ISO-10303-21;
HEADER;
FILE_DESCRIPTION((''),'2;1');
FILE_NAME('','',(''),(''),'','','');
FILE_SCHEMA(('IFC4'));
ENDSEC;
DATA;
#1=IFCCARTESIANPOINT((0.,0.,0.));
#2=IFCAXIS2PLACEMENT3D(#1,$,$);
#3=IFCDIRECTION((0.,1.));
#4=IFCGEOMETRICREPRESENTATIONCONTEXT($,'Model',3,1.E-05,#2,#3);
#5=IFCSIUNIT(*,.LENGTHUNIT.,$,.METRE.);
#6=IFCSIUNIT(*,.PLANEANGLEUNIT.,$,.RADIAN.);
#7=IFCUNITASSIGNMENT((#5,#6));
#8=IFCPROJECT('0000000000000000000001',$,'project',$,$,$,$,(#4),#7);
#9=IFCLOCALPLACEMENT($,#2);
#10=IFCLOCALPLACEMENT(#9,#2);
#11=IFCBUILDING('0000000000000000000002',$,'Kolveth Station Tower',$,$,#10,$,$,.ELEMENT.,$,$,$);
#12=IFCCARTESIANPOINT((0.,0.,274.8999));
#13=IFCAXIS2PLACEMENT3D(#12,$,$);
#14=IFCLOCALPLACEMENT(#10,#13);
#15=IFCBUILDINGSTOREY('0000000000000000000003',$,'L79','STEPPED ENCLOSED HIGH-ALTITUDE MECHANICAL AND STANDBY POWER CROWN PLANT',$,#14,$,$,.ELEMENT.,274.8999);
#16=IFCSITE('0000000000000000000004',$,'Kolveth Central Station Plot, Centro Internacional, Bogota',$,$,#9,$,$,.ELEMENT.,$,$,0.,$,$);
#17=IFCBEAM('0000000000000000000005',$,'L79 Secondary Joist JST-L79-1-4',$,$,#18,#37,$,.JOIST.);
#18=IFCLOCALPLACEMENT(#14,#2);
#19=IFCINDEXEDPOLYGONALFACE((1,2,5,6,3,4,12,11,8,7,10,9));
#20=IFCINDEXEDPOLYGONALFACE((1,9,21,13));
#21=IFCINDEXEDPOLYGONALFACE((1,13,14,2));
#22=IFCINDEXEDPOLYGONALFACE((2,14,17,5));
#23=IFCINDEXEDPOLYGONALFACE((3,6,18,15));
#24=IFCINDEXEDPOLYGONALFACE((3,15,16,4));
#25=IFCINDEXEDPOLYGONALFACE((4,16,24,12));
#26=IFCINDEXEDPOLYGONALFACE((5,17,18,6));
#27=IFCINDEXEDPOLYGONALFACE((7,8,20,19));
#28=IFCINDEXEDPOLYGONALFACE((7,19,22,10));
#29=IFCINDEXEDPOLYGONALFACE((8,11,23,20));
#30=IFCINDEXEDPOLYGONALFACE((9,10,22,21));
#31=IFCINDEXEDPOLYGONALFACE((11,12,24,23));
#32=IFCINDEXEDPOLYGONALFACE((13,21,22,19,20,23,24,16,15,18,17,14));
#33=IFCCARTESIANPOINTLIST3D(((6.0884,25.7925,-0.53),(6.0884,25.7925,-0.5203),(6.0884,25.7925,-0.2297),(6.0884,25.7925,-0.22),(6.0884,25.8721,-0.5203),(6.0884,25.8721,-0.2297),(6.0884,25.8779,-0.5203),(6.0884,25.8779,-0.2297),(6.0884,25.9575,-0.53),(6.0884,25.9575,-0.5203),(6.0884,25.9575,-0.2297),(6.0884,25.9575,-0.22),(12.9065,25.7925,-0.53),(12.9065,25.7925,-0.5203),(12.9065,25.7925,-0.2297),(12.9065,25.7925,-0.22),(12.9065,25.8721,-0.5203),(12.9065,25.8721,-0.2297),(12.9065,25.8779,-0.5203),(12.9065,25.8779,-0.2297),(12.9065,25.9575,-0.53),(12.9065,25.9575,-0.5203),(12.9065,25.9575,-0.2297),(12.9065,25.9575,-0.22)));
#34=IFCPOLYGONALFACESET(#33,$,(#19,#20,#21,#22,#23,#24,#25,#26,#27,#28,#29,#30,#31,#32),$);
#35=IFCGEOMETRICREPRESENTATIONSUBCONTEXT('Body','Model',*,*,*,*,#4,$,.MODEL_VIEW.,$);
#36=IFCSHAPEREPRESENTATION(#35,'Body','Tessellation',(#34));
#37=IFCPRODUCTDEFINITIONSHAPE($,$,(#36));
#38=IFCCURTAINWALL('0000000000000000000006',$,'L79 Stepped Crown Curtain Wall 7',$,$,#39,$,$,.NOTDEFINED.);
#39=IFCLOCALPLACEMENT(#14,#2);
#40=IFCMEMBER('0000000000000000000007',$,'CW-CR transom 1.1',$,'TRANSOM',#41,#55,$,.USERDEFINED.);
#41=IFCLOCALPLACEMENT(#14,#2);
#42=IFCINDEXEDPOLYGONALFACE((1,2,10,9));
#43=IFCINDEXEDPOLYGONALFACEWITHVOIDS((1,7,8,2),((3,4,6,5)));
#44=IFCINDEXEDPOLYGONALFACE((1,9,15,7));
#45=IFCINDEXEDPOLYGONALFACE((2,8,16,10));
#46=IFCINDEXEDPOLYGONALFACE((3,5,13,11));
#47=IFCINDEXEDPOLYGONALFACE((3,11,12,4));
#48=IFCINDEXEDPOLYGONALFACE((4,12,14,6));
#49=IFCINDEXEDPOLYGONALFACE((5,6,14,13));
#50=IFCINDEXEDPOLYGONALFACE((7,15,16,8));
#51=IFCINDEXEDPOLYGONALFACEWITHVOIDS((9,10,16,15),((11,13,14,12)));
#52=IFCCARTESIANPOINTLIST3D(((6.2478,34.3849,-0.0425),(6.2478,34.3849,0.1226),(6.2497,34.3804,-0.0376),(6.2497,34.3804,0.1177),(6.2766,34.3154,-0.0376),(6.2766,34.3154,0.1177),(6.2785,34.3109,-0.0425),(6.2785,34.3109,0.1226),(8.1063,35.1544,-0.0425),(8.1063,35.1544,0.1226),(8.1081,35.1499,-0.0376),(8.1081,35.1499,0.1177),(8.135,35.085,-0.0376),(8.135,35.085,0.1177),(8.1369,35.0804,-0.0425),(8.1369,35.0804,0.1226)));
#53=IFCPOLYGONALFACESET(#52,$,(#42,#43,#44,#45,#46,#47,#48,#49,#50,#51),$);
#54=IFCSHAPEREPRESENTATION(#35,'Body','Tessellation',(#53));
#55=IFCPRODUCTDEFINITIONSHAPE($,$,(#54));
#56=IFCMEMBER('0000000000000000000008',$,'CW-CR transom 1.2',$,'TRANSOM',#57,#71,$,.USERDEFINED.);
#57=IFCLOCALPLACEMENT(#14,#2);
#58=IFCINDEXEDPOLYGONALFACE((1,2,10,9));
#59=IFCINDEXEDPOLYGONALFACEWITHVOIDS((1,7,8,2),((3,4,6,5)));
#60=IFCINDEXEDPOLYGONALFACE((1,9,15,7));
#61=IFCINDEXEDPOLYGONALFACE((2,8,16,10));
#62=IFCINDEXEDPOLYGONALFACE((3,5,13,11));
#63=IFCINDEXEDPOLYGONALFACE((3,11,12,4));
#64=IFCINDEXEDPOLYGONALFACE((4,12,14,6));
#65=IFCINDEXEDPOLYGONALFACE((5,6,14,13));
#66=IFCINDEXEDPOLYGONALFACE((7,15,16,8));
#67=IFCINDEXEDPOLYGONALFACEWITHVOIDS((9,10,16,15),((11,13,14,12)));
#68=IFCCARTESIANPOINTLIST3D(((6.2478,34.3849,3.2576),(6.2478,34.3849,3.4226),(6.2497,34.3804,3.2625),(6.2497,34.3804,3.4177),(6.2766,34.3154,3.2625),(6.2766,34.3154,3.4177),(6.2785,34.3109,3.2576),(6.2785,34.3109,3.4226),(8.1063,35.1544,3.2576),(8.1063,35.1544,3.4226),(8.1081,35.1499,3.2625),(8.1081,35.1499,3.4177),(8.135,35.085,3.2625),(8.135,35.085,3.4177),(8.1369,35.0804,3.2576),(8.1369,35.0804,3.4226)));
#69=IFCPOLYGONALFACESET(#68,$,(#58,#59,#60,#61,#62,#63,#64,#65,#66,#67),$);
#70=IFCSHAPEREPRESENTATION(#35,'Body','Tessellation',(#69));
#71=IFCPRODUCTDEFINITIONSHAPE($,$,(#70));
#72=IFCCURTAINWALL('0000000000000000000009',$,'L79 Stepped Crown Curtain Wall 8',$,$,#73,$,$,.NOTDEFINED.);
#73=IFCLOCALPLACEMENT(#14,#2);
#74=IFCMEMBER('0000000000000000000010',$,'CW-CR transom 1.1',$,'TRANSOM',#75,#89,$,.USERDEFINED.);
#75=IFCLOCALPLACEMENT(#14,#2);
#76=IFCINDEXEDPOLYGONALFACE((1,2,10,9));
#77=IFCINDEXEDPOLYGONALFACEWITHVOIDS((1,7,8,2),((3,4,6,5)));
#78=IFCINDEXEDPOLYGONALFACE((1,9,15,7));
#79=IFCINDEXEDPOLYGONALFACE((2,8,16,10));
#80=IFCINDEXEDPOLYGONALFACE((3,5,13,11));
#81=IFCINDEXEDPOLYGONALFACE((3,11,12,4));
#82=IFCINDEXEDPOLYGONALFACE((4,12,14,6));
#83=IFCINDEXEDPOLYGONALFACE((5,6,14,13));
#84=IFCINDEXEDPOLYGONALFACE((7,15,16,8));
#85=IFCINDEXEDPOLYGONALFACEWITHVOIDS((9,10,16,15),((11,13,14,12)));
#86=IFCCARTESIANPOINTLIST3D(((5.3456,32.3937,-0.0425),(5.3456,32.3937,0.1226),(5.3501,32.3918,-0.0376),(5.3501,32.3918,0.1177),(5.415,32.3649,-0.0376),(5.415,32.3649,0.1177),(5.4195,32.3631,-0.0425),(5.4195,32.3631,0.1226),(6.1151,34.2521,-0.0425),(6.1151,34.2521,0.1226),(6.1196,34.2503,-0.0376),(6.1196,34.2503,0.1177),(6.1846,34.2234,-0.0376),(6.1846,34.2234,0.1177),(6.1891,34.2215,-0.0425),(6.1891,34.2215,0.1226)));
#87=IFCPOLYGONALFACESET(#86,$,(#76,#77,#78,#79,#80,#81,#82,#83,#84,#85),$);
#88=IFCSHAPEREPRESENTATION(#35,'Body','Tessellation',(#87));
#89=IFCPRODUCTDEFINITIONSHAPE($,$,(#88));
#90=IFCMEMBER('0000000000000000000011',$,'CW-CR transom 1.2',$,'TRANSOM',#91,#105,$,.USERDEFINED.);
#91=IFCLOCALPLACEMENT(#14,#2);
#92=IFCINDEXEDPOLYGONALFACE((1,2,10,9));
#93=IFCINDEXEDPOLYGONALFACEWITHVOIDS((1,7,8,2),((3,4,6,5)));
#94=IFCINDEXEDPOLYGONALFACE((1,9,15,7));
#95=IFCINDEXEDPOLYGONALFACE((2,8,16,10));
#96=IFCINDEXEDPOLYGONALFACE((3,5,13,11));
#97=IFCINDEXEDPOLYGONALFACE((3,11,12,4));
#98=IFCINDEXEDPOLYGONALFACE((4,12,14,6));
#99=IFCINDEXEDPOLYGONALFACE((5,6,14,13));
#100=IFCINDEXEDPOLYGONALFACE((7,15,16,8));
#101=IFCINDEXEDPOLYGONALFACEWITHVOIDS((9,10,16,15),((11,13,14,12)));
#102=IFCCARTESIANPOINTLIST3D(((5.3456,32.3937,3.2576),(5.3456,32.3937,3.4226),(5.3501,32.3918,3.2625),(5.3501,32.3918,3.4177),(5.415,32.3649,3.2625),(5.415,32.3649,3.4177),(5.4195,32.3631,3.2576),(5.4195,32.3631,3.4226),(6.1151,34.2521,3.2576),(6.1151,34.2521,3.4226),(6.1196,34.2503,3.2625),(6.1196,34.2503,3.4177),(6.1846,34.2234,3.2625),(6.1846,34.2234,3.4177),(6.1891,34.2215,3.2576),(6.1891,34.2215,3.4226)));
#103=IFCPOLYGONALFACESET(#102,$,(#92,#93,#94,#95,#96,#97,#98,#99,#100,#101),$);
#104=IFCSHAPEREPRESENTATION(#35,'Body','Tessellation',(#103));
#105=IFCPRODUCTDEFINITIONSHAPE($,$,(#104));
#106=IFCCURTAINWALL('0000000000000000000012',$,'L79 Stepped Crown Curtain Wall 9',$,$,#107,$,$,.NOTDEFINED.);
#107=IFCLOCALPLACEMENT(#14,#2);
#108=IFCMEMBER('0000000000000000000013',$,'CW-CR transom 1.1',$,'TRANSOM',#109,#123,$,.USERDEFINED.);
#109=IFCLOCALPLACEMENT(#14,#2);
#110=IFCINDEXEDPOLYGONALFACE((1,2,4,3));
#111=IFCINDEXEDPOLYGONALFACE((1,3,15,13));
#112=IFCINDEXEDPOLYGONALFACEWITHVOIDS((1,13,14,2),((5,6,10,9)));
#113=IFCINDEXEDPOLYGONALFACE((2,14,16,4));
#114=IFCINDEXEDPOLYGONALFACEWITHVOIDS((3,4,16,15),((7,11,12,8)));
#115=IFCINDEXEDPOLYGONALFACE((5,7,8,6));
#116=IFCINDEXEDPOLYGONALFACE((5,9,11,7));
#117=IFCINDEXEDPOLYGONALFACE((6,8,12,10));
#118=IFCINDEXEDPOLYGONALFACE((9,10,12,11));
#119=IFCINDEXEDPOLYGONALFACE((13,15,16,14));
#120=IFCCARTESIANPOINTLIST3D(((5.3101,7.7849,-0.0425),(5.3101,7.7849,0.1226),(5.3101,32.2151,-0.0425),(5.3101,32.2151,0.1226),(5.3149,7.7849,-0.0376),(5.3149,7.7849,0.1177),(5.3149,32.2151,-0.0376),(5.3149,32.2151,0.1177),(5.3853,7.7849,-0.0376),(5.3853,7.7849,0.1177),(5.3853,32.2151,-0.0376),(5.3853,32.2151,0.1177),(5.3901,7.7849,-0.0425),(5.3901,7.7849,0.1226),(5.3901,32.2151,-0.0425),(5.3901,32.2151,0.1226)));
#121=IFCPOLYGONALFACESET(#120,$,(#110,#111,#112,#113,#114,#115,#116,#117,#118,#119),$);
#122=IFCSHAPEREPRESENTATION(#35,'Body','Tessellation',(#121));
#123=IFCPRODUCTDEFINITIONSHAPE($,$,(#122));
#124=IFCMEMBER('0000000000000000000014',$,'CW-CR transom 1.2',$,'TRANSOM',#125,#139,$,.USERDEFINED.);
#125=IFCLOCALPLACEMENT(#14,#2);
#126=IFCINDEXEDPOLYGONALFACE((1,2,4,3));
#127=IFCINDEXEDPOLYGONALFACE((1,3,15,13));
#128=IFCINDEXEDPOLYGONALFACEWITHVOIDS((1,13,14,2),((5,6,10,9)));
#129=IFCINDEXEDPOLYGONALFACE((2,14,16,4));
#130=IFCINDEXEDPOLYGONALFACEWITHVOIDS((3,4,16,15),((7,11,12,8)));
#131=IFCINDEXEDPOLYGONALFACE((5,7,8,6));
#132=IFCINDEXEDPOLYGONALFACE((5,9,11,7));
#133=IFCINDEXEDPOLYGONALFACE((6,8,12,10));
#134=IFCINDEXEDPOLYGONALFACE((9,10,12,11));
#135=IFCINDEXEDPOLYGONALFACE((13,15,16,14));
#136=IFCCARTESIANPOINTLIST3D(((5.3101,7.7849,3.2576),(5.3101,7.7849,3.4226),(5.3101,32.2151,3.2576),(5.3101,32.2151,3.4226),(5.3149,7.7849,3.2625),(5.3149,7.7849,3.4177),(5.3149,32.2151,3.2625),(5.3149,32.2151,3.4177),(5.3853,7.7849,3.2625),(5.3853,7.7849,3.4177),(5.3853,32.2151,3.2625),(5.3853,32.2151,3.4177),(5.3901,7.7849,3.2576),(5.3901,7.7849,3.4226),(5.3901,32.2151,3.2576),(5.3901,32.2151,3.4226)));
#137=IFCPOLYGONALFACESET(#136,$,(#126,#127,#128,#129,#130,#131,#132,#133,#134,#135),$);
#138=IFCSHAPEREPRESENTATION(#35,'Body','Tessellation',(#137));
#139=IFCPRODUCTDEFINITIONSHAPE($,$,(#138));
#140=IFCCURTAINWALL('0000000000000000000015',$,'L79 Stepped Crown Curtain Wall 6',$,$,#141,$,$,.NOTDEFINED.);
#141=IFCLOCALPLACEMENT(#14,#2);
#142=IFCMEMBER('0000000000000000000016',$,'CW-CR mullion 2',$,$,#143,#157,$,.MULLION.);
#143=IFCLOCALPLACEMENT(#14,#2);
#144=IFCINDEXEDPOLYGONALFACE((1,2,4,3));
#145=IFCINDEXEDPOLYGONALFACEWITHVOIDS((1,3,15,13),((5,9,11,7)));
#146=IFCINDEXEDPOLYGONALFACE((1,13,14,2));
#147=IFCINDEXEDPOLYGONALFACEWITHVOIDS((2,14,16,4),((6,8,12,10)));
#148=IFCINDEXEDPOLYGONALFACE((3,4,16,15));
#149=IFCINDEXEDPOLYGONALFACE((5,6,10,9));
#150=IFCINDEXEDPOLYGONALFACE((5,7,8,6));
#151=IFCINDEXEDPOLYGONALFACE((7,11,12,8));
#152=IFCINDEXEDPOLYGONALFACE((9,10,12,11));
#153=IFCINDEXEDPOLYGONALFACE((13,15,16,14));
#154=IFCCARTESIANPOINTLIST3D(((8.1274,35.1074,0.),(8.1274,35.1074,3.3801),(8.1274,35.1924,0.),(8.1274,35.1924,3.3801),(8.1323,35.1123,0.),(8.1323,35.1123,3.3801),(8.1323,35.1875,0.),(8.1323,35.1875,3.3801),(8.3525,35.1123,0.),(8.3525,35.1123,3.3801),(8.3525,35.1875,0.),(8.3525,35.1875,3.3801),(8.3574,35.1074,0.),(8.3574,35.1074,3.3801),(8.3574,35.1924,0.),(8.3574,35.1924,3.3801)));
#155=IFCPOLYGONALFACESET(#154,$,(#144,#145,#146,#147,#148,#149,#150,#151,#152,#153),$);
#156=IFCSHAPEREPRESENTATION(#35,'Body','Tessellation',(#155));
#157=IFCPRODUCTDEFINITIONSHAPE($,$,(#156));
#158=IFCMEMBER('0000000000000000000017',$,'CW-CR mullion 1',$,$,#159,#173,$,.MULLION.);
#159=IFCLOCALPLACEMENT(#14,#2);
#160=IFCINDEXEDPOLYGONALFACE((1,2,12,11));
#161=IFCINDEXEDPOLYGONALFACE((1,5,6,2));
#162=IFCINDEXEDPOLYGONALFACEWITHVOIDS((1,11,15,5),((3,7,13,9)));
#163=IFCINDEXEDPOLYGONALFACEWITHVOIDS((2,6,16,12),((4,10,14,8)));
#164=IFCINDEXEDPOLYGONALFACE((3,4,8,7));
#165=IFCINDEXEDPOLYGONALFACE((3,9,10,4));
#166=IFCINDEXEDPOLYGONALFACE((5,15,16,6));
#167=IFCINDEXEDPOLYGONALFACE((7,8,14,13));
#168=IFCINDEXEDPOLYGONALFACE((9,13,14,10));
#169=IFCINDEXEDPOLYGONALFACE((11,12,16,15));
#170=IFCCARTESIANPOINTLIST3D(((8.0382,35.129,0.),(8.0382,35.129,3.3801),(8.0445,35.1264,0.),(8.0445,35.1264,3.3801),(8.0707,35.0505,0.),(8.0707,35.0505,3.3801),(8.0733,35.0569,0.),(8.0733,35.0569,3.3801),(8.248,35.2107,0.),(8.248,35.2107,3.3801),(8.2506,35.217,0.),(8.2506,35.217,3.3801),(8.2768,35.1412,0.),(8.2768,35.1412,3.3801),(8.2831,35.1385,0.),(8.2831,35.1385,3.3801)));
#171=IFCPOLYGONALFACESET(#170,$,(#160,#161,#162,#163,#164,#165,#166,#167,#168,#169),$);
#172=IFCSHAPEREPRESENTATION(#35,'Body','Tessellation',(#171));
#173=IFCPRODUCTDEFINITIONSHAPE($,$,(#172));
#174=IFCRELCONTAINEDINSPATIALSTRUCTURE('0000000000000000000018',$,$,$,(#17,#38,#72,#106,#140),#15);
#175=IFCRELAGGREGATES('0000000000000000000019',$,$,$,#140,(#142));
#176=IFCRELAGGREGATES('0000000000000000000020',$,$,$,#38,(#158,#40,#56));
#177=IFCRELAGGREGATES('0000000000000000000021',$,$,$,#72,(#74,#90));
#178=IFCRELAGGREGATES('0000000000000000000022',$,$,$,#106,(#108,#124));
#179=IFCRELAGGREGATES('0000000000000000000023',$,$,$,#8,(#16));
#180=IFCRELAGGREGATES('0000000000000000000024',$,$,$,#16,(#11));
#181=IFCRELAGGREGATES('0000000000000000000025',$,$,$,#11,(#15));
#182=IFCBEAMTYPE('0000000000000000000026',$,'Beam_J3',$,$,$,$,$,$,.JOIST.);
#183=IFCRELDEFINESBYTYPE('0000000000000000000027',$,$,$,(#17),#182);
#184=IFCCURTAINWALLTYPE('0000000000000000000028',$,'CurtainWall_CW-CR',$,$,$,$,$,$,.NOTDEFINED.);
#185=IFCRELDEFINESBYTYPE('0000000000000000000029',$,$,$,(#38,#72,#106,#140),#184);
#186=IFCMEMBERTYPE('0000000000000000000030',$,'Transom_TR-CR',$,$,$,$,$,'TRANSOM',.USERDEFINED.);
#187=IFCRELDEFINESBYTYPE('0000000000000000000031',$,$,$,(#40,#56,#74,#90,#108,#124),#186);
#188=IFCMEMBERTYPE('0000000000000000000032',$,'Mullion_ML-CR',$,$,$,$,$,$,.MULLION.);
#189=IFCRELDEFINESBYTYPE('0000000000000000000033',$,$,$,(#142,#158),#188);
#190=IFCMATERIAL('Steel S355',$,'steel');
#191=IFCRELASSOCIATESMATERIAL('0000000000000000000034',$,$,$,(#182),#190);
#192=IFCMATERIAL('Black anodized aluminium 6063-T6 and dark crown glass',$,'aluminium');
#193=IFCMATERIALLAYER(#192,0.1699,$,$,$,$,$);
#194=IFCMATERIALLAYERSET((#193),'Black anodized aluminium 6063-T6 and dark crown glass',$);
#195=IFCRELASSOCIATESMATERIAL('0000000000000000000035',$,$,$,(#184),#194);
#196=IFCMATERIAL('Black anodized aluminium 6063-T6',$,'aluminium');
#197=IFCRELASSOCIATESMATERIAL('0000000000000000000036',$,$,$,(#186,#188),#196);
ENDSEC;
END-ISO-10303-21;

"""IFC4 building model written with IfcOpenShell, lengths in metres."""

from ifc_helpers import new_model, si_unit, direction, frame, origin, origin_2d, place, context, subcontext, project, spatial, hollow_rectangle, i_section, extrude, source, transform, mapped, material, layer, layer_set, material_profile, profile_set, type_object, element, aggregate, save


model = new_model("IFC4")

# Units and contexts
model_context = context("Model", 3, precision=1e-05, world=origin(), true_north=direction((0.0, 1.0)))
body_context = subcontext(model_context, "Body", "Model", "MODEL_VIEW")
ifc_project = project(units=[si_unit("LENGTHUNIT", "METRE"), si_unit("PLANEANGLEUNIT", "RADIAN")], contexts=[model_context])

# Site, building, storey
site_placement = place(None, origin())
site = spatial("IfcSite", under=ifc_project, at=site_placement, Name="Kolveth Central Station Plot, Centro Internacional, Bogota", CompositionType="ELEMENT", RefElevation=0.0)
building_placement = place(site_placement, origin())
building = spatial("IfcBuilding", under=site, at=building_placement, Name="Kolveth Station Tower", CompositionType="ELEMENT")
storey_placement = place(building_placement, frame((0.0, 0.0, 274.8999)))
storey = spatial("IfcBuildingStorey", under=building, at=storey_placement, Name="L79", Description="STEPPED ENCLOSED HIGH-ALTITUDE MECHANICAL AND STANDBY POWER CROWN PLANT", CompositionType="ELEMENT", Elevation=274.8999)

# Shared definitions
ifc_material_1 = material(Name="Steel S355", Category="steel")

# Beam
ifc_material_profile_1 = material_profile(ifc_material_1, i_section(OverallWidth=0.165, OverallDepth=0.3101, WebThickness=0.0059, FlangeThickness=0.0098, at=origin_2d()), Name="W310x39")
ifc_profile_set_1 = profile_set([ifc_material_profile_1], Name="Steel S355")
beam_type_1 = type_object("IfcBeamType", Name="Beam_J3", PredefinedType="JOIST", material=ifc_profile_set_1)
shared_shape_1 = source(origin(), body_context, "Body", "SweptSolid", [
    extrude(i_section(OverallWidth=0.165, OverallDepth=0.3101, WebThickness=0.0059, FlangeThickness=0.0098, at=origin_2d()), origin(), (0.0, 0.0, 1.0), 6.8181),
])
for number, where, z_axis, x_axis, name in (
    (1, (6.0884, 25.875, -0.375), (1.0, 0.0, 0.0), (0.0, 1.0, 0.0), "L79 Secondary Joist JST-L79-1-4"),
):
    element("IfcBeam", number, at=place(storey_placement, frame(where, z_axis=z_axis, x_axis=x_axis)), inside=storey, type_object=beam_type_1, Name=name, PredefinedType="JOIST", context=body_context, shape_type="MappedRepresentation", body=[
        mapped(shared_shape_1, transform((0.0, 0.0, 0.0), x_axis=(1.0, 0.0, 0.0), y_axis=(0.0, 1.0, 0.0), z_axis=(0.0, 0.0, 1.0), scale=1.0)),
    ])

# Curtain walls, members
ifc_material_2 = material(Name="Black anodized aluminium 6063-T6 and dark crown glass", Category="aluminium")
ifc_layer_1 = layer(ifc_material_2, 0.1699)
ifc_layer_set_1 = layer_set([ifc_layer_1], Name="Black anodized aluminium 6063-T6 and dark crown glass")
curtain_wall_type = type_object("IfcCurtainWallType", Name="CurtainWall_CW-CR", PredefinedType="NOTDEFINED", material=ifc_layer_set_1)
curtain_wall_1_placement = place(storey_placement, origin())
curtain_wall_1 = element("IfcCurtainWall", 2, at=curtain_wall_1_placement, inside=storey, type_object=curtain_wall_type, Name="L79 Stepped Crown Curtain Wall 7", PredefinedType="NOTDEFINED")
ifc_material_3 = material(Name="Black anodized aluminium 6063-T6", Category="aluminium")
ifc_material_profile_2 = material_profile(ifc_material_3, hollow_rectangle(XDim=0.0801, YDim=0.165, WallThickness=0.0049, at=origin_2d()), Name="ALU-80x165x5")
ifc_profile_set_2 = profile_set([ifc_material_profile_2], Name="Black anodized aluminium 6063-T6")
member_type_1 = type_object("IfcMemberType", Name="Transom_TR-CR", ElementType="TRANSOM", PredefinedType="USERDEFINED", material=ifc_profile_set_2)
shared_shape_2 = source(origin(), body_context, "Body", "SweptSolid", [
    extrude(hollow_rectangle(XDim=0.0801, YDim=0.165, WallThickness=0.0049, at=origin_2d()), origin(), (0.0, 0.0, 1.0), 2.0115),
])
member_1_placement = place(storey_placement, frame((8.1216, 35.1174, 0.04), z_axis=(-0.923922, -0.38258, 0.0), x_axis=(0.38258, -0.923922, 0.0)))
member_1 = element("IfcMember", 3, at=member_1_placement, type_object=member_type_1, Name="CW-CR transom 1.1", ObjectType="TRANSOM", PredefinedType="USERDEFINED", context=body_context, shape_type="MappedRepresentation", body=[
    mapped(shared_shape_2, transform((0.0, 0.0, 0.0), x_axis=(1.0, 0.0, 0.0), y_axis=(0.0, 1.0, 0.0), z_axis=(0.0, 0.0, 1.0), scale=1.0)),
])
member_2_placement = place(storey_placement, frame((8.1216, 35.1174, 3.3401), z_axis=(-0.923922, -0.38258, 0.0), x_axis=(0.38258, -0.923922, 0.0)))
member_2 = element("IfcMember", 4, at=member_2_placement, type_object=member_type_1, Name="CW-CR transom 1.2", ObjectType="TRANSOM", PredefinedType="USERDEFINED", context=body_context, shape_type="MappedRepresentation", body=[
    mapped(shared_shape_2, transform((0.0, 0.0, 0.0), x_axis=(1.0, 0.0, 0.0), y_axis=(0.0, 1.0, 0.0), z_axis=(0.0, 0.0, 1.0), scale=1.0)),
])
curtain_wall_2_placement = place(storey_placement, origin())
curtain_wall_2 = element("IfcCurtainWall", 5, at=curtain_wall_2_placement, inside=storey, type_object=curtain_wall_type, Name="L79 Stepped Crown Curtain Wall 8", PredefinedType="NOTDEFINED")
member_3_placement = place(storey_placement, frame((6.1521, 34.2368, 0.04), z_axis=(-0.38258, -0.923922, 0.0), x_axis=(0.923922, -0.38258, 0.0)))
member_3 = element("IfcMember", 6, at=member_3_placement, type_object=member_type_1, Name="CW-CR transom 1.1", ObjectType="TRANSOM", PredefinedType="USERDEFINED", context=body_context, shape_type="MappedRepresentation", body=[
    mapped(shared_shape_2, transform((0.0, 0.0, 0.0), x_axis=(1.0, 0.0, 0.0), y_axis=(0.0, 1.0, 0.0), z_axis=(0.0, 0.0, 1.0), scale=1.0)),
])
member_4_placement = place(storey_placement, frame((6.1521, 34.2368, 3.3401), z_axis=(-0.38258, -0.923922, 0.0), x_axis=(0.923922, -0.38258, 0.0)))
member_4 = element("IfcMember", 7, at=member_4_placement, type_object=member_type_1, Name="CW-CR transom 1.2", ObjectType="TRANSOM", PredefinedType="USERDEFINED", context=body_context, shape_type="MappedRepresentation", body=[
    mapped(shared_shape_2, transform((0.0, 0.0, 0.0), x_axis=(1.0, 0.0, 0.0), y_axis=(0.0, 1.0, 0.0), z_axis=(0.0, 0.0, 1.0), scale=1.0)),
])
curtain_wall_3_placement = place(storey_placement, origin())
curtain_wall_3 = element("IfcCurtainWall", 8, at=curtain_wall_3_placement, inside=storey, type_object=curtain_wall_type, Name="L79 Stepped Crown Curtain Wall 9", PredefinedType="NOTDEFINED")
shared_shape_3 = source(origin(), body_context, "Body", "SweptSolid", [
    extrude(hollow_rectangle(XDim=0.0801, YDim=0.165, WallThickness=0.0049, at=origin_2d()), origin(), (0.0, 0.0, 1.0), 24.4302),
])
member_5_placement = place(storey_placement, frame((5.3501, 32.2151, 0.04), z_axis=(0.0, -1.0, 0.0), x_axis=(1.0, 0.0, 0.0)))
member_5 = element("IfcMember", 9, at=member_5_placement, type_object=member_type_1, Name="CW-CR transom 1.1", ObjectType="TRANSOM", PredefinedType="USERDEFINED", context=body_context, shape_type="MappedRepresentation", body=[
    mapped(shared_shape_3, transform((0.0, 0.0, 0.0), x_axis=(1.0, 0.0, 0.0), y_axis=(0.0, 1.0, 0.0), z_axis=(0.0, 0.0, 1.0), scale=1.0)),
])
member_6_placement = place(storey_placement, frame((5.3501, 32.2151, 3.3401), z_axis=(0.0, -1.0, 0.0), x_axis=(1.0, 0.0, 0.0)))
member_6 = element("IfcMember", 10, at=member_6_placement, type_object=member_type_1, Name="CW-CR transom 1.2", ObjectType="TRANSOM", PredefinedType="USERDEFINED", context=body_context, shape_type="MappedRepresentation", body=[
    mapped(shared_shape_3, transform((0.0, 0.0, 0.0), x_axis=(1.0, 0.0, 0.0), y_axis=(0.0, 1.0, 0.0), z_axis=(0.0, 0.0, 1.0), scale=1.0)),
])

# Curtain wall, member
curtain_wall_4_placement = place(storey_placement, origin())
curtain_wall_4 = element("IfcCurtainWall", 11, at=curtain_wall_4_placement, inside=storey, type_object=curtain_wall_type, Name="L79 Stepped Crown Curtain Wall 6", PredefinedType="NOTDEFINED")
ifc_material_profile_3 = material_profile(ifc_material_3, hollow_rectangle(XDim=0.085, YDim=0.23, WallThickness=0.0049, at=origin_2d()), Name="ALU-85x230x5")
ifc_profile_set_3 = profile_set([ifc_material_profile_3], Name="Black anodized aluminium 6063-T6")
member_type_2 = type_object("IfcMemberType", Name="Mullion_ML-CR", PredefinedType="MULLION", material=ifc_profile_set_3)
shared_shape_4 = source(origin(), body_context, "Body", "SweptSolid", [
    extrude(hollow_rectangle(XDim=0.085, YDim=0.23, WallThickness=0.0049, at=origin_2d()), origin(), (0.0, 0.0, 1.0), 3.3801),
])
member_7_placement = place(storey_placement, frame((8.2424, 35.1499, 0.0), z_axis=(0.0, 0.0, 1.0), x_axis=(0.0, -1.0, 0.0)))
member_7 = element("IfcMember", 12, at=member_7_placement, type_object=member_type_2, Name="CW-CR mullion 2", PredefinedType="MULLION", context=body_context, shape_type="MappedRepresentation", body=[
    mapped(shared_shape_4, transform((0.0, 0.0, 0.0), x_axis=(1.0, 0.0, 0.0), y_axis=(0.0, 1.0, 0.0), z_axis=(0.0, 0.0, 1.0), scale=1.0)),
])
aggregate(curtain_wall_4, [member_7])

# Member
member_8_placement = place(storey_placement, frame((8.1606, 35.1338, 0.0), z_axis=(0.0, 0.0, 1.0), x_axis=(0.382658, -0.92389, 0.0)))
member_8 = element("IfcMember", 13, at=member_8_placement, type_object=member_type_2, Name="CW-CR mullion 1", PredefinedType="MULLION", context=body_context, shape_type="MappedRepresentation", body=[
    mapped(shared_shape_4, transform((0.0, 0.0, 0.0), x_axis=(1.0, 0.0, 0.0), y_axis=(0.0, 1.0, 0.0), z_axis=(0.0, 0.0, 1.0), scale=1.0)),
])

aggregate(curtain_wall_1, [member_8, member_1, member_2])
aggregate(curtain_wall_2, [member_3, member_4])
aggregate(curtain_wall_3, [member_5, member_6])

save(model, "model.ifc")
